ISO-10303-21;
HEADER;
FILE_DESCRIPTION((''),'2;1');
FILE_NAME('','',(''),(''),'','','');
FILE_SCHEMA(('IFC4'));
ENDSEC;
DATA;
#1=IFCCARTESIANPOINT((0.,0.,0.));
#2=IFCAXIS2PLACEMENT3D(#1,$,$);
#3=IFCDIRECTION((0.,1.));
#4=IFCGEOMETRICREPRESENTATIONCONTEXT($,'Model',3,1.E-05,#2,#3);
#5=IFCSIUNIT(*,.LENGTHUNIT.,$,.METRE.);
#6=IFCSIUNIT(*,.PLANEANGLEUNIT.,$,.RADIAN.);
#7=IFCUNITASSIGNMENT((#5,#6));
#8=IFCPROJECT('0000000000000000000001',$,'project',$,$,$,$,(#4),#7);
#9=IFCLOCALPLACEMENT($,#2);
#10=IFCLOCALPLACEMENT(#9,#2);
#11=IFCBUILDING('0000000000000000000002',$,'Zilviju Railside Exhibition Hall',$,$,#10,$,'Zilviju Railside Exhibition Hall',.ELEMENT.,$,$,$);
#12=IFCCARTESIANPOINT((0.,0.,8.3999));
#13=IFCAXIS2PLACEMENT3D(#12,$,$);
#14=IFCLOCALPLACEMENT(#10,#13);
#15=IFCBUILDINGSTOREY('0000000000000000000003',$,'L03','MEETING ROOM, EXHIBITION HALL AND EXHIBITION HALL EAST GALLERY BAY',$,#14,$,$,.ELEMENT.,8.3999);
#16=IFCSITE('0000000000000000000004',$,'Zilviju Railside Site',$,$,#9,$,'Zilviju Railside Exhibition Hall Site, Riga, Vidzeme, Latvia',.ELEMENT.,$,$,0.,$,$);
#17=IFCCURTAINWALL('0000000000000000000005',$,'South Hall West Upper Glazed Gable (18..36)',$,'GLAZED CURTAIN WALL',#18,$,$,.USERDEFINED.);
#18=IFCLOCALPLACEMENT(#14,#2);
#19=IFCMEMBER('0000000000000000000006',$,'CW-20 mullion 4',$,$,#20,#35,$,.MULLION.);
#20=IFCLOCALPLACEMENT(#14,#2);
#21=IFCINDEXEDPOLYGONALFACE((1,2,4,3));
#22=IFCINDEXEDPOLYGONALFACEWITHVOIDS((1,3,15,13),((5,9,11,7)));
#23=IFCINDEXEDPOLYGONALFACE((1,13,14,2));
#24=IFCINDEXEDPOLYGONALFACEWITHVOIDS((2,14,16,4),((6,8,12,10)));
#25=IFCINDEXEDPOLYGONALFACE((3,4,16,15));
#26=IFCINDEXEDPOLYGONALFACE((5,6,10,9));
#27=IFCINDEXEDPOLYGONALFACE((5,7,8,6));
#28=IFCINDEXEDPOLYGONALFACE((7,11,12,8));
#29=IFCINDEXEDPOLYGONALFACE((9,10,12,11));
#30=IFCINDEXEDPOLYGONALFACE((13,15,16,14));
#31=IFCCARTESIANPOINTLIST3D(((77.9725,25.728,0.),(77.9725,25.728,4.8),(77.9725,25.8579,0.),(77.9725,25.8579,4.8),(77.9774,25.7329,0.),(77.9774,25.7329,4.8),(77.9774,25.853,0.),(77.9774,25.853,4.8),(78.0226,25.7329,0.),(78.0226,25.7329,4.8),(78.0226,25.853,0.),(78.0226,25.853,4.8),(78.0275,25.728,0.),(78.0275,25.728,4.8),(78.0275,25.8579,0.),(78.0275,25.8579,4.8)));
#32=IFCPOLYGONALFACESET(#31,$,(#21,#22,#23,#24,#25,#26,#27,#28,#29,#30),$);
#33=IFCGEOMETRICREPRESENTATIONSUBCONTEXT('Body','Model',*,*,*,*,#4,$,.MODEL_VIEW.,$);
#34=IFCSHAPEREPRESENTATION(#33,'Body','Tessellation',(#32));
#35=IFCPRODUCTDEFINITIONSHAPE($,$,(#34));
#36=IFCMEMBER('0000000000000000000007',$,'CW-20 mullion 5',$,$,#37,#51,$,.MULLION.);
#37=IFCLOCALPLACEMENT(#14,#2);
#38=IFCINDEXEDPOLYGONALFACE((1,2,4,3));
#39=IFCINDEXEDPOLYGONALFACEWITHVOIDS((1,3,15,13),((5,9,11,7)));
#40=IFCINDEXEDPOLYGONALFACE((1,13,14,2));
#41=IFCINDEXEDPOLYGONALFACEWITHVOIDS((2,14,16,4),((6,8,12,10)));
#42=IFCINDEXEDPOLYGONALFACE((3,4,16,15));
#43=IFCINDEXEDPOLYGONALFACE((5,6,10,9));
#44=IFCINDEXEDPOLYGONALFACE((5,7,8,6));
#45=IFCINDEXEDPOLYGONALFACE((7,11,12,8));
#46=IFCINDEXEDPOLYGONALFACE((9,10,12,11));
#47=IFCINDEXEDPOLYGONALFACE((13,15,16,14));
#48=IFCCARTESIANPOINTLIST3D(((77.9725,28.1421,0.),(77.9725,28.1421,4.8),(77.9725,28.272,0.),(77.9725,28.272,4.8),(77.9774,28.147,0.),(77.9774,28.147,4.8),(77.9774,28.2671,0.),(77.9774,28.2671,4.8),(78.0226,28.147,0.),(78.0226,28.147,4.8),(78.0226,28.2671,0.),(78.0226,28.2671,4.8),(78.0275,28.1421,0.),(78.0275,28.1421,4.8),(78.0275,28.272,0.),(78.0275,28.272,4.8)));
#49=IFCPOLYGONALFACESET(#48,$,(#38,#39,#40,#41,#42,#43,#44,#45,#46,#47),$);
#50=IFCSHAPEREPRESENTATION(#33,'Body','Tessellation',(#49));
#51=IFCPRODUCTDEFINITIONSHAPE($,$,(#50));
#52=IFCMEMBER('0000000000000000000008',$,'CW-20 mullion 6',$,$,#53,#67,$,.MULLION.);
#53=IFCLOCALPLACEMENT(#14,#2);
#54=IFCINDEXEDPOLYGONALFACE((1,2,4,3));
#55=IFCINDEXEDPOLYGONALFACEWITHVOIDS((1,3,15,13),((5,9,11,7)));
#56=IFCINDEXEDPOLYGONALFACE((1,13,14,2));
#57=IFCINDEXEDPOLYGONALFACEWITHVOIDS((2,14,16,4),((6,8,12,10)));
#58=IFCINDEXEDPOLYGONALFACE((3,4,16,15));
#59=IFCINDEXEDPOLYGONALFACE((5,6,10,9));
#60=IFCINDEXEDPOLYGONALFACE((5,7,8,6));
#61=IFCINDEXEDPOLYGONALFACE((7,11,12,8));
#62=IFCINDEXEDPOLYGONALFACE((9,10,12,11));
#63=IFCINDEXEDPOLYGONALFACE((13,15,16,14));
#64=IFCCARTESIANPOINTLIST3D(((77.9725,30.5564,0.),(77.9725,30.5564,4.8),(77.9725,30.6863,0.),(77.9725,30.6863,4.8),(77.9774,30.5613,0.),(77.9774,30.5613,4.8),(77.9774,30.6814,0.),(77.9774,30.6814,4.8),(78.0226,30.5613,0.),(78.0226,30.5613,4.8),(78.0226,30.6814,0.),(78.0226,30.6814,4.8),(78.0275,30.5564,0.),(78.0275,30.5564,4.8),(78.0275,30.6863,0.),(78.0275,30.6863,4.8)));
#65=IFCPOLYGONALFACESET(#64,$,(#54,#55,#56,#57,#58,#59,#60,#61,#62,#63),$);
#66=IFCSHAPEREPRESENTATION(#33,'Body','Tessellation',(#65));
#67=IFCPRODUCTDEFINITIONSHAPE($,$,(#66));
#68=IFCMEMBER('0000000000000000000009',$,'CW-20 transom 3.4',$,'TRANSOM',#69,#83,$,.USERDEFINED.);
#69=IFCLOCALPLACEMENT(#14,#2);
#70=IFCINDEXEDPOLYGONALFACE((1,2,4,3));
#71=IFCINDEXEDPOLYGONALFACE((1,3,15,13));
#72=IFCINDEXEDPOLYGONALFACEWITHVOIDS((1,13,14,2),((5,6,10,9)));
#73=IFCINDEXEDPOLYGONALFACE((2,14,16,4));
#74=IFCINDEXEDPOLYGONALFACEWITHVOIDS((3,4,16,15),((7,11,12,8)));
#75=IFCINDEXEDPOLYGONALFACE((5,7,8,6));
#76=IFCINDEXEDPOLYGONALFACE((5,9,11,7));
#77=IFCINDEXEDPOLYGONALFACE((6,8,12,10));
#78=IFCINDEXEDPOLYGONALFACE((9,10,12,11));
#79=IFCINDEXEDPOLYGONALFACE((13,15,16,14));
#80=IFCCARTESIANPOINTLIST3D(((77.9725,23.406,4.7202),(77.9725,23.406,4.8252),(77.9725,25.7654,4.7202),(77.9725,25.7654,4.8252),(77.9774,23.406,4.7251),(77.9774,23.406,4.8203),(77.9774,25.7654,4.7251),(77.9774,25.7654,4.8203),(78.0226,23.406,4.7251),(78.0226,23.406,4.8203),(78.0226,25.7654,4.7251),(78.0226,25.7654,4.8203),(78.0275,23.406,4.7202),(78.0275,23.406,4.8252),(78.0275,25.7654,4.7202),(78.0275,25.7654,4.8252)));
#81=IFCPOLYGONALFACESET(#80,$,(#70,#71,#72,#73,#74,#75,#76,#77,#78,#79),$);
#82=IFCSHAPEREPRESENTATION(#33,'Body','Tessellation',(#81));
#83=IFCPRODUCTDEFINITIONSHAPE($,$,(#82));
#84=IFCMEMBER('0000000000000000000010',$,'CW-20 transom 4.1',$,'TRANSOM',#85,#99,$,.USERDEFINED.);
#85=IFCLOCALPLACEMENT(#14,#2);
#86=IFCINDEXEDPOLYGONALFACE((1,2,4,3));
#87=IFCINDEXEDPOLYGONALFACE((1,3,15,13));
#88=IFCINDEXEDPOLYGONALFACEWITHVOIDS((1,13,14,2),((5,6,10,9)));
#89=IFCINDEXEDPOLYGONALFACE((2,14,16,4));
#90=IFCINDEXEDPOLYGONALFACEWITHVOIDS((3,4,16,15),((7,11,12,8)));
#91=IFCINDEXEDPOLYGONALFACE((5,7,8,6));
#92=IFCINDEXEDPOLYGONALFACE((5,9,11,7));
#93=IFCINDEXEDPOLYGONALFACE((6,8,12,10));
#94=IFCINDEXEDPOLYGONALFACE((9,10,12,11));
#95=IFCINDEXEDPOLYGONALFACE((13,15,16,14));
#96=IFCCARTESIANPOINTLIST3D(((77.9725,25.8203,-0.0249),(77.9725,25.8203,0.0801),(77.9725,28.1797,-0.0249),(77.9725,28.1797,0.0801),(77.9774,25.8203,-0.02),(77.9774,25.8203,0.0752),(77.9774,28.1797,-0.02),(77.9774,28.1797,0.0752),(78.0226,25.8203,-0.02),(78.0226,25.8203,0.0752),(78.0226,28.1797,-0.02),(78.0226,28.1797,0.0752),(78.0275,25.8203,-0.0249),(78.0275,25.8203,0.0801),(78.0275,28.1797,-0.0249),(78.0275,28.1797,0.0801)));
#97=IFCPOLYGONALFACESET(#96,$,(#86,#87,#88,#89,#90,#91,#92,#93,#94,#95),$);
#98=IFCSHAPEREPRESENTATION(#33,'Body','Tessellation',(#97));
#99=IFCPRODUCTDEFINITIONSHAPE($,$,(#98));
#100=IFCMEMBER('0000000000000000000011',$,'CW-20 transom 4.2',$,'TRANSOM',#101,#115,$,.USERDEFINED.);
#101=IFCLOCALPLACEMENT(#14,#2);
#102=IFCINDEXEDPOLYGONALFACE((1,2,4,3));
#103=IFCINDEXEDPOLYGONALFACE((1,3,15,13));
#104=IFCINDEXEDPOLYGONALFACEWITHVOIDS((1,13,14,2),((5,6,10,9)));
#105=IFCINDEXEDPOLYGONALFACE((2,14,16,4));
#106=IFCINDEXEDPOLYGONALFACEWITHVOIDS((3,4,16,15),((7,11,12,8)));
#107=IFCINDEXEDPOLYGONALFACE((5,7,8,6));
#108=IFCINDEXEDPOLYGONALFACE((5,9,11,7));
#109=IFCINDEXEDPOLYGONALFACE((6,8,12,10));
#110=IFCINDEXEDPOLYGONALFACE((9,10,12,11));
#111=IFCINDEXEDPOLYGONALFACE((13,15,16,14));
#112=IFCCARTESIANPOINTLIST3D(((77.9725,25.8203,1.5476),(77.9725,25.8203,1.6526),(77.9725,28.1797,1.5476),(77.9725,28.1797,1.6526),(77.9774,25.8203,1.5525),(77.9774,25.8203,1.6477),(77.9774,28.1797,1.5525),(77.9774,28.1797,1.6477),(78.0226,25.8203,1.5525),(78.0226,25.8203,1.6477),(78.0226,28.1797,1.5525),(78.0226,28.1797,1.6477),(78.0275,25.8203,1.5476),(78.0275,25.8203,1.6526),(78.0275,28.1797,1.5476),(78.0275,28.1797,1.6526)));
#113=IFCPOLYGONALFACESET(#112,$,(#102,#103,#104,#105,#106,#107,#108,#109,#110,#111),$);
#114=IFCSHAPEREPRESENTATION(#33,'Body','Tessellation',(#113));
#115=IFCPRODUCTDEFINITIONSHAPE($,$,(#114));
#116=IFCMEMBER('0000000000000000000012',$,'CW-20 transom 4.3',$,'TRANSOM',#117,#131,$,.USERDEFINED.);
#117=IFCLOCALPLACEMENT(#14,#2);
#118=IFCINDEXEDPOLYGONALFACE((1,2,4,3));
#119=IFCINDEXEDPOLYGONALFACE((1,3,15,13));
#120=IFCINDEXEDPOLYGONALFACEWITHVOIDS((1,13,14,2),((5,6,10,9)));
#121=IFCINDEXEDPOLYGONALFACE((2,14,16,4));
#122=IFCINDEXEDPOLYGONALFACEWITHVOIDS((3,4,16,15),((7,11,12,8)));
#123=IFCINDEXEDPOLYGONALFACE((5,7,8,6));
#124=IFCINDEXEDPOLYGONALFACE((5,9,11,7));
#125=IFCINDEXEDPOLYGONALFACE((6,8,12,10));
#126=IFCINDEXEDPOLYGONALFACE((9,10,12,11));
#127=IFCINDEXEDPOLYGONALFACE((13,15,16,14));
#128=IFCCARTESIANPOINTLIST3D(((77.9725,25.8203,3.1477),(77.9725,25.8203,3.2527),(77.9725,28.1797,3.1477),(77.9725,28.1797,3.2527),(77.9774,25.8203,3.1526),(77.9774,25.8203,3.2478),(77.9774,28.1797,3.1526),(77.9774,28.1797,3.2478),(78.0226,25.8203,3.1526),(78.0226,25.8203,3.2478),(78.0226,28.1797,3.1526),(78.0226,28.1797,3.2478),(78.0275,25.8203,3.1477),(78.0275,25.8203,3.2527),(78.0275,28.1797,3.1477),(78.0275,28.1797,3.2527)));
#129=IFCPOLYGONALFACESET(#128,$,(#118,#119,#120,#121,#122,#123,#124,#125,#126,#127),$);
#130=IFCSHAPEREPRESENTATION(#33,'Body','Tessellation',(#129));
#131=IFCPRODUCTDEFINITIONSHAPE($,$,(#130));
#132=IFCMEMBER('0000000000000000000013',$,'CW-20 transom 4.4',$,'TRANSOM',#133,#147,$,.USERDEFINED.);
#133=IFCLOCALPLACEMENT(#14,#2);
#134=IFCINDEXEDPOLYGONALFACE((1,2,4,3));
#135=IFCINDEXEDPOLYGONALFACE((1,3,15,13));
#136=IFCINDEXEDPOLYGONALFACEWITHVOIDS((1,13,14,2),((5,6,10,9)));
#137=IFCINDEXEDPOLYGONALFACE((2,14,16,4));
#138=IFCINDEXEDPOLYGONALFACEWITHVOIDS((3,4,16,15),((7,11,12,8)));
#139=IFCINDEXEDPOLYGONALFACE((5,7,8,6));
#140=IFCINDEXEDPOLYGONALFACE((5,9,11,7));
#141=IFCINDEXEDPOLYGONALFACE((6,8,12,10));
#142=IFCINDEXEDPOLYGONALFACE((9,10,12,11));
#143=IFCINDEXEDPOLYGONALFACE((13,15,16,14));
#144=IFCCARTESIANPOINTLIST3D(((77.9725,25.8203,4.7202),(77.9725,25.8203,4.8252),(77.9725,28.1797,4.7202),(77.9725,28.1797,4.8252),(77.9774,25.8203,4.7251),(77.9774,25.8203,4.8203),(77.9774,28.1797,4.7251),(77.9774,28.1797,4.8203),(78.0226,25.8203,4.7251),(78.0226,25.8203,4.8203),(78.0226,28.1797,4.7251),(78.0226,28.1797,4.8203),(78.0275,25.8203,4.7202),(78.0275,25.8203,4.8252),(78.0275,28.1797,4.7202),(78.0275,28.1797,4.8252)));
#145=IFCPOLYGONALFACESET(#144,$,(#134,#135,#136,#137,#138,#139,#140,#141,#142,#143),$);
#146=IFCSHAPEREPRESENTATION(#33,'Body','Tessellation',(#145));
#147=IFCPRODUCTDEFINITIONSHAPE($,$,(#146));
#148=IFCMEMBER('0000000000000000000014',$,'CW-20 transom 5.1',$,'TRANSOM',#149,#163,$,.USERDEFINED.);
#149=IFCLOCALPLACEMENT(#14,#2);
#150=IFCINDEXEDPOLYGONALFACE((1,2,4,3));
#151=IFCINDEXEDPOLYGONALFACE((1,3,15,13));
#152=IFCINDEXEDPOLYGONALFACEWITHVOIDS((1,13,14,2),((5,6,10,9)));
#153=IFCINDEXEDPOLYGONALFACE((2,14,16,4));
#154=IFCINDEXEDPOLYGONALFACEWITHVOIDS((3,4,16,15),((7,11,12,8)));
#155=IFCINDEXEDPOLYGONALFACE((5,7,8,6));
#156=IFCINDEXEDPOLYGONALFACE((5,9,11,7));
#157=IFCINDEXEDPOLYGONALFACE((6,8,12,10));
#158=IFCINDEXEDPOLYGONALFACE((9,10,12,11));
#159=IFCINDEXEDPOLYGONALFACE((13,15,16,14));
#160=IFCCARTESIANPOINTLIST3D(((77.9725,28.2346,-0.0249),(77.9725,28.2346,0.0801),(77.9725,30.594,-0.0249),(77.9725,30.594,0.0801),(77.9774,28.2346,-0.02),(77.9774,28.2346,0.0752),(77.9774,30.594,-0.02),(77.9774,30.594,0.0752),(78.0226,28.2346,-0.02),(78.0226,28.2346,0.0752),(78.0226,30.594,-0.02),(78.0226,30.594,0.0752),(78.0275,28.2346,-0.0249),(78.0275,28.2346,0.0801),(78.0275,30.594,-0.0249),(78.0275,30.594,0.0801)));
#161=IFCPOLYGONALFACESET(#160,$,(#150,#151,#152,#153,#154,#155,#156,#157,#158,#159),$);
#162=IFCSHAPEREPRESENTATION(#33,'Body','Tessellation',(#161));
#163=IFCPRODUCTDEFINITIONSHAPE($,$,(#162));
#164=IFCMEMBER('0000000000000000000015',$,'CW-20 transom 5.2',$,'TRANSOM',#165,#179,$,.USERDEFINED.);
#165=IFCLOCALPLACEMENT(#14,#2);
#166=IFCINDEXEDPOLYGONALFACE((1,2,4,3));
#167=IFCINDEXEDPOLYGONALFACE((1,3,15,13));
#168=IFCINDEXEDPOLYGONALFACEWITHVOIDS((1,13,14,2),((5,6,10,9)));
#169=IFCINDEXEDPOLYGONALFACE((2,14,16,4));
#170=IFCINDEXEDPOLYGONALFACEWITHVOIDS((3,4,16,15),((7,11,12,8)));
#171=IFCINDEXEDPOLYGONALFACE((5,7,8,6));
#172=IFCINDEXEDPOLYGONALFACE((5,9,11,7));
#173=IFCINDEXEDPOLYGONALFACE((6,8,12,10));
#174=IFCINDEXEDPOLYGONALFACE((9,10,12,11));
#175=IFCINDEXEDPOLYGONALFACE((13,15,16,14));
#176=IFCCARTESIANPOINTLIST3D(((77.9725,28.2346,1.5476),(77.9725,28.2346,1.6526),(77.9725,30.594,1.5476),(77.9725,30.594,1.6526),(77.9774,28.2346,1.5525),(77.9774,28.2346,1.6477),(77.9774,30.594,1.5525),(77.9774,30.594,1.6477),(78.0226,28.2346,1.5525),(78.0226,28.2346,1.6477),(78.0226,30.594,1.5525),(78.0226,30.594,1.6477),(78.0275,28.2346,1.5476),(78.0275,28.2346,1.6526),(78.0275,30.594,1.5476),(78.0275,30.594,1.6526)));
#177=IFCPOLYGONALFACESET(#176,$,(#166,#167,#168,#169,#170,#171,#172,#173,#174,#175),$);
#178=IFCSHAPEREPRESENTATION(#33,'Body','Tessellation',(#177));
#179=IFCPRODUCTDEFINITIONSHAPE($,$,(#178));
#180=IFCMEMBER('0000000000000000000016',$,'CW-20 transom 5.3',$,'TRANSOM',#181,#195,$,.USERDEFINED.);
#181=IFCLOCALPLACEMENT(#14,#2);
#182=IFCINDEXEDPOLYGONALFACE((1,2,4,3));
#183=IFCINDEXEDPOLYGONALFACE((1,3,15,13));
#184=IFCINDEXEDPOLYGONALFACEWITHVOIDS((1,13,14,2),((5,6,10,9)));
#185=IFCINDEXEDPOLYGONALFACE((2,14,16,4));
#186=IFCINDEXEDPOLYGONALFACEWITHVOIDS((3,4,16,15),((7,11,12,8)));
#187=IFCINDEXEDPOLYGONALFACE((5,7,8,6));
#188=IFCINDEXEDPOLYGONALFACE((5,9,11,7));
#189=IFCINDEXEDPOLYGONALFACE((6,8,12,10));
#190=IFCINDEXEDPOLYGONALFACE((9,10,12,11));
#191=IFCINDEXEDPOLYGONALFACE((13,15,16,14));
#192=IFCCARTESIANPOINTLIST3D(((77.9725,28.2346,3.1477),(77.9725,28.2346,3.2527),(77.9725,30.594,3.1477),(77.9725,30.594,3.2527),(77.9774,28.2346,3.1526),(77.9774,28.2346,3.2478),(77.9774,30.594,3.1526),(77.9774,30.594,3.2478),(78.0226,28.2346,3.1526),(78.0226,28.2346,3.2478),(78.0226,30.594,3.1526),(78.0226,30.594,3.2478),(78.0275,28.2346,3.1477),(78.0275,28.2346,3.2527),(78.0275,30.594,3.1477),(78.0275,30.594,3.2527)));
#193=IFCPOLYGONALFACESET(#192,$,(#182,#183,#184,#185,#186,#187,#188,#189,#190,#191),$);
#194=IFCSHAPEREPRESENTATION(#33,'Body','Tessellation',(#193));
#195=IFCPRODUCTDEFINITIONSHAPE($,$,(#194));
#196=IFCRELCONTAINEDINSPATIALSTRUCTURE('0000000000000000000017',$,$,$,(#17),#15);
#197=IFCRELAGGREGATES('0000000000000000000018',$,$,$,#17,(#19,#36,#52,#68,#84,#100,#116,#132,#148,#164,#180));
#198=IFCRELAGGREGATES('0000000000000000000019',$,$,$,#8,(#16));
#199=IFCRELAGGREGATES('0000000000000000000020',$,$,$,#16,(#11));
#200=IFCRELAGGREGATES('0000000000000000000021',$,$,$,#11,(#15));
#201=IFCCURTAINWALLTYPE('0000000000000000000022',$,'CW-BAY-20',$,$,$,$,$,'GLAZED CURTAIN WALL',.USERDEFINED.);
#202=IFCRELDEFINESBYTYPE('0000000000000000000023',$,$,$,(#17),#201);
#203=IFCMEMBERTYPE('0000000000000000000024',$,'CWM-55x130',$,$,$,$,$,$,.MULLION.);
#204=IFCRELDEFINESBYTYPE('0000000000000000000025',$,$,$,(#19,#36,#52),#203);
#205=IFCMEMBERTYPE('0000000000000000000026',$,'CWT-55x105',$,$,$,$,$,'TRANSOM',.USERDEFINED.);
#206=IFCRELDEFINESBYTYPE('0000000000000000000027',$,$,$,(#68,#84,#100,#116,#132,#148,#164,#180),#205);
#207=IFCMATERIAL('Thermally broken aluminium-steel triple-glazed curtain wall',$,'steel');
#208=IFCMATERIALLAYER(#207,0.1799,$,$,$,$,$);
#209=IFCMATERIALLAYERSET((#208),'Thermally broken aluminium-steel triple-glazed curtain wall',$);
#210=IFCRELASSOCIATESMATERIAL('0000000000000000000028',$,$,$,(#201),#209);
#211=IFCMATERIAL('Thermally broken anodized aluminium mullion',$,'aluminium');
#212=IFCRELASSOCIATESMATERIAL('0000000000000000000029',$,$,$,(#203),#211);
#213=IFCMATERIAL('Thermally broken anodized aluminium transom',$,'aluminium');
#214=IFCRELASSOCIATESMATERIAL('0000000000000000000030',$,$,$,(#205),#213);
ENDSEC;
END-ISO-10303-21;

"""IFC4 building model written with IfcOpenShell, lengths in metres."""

from ifc_helpers import new_model, si_unit, direction, frame, origin, origin_2d, place, context, subcontext, project, spatial, hollow_rectangle, extrude, material, layer, layer_set, material_profile, profile_set, type_object, element, aggregate, save


model = new_model("IFC4")

# Units and contexts
model_context = context("Model", 3, precision=1e-05, world=origin(), true_north=direction((0.0, 1.0)))
body_context = subcontext(model_context, "Body", "Model", "MODEL_VIEW")
ifc_project = project(units=[si_unit("LENGTHUNIT", "METRE"), si_unit("PLANEANGLEUNIT", "RADIAN")], contexts=[model_context])

# Site, building, storey
site_placement = place(None, origin())
site = spatial("IfcSite", under=ifc_project, at=site_placement, Name="Zilviju Railside Site", LongName="Zilviju Railside Exhibition Hall Site, Riga, Vidzeme, Latvia", CompositionType="ELEMENT", RefElevation=0.0)
building_placement = place(site_placement, origin())
building = spatial("IfcBuilding", under=site, at=building_placement, Name="Zilviju Railside Exhibition Hall", LongName="Zilviju Railside Exhibition Hall", CompositionType="ELEMENT")
storey_placement = place(building_placement, frame((0.0, 0.0, 8.3999)))
storey = spatial("IfcBuildingStorey", under=building, at=storey_placement, Name="L03", Description="MEETING ROOM, EXHIBITION HALL AND EXHIBITION HALL EAST GALLERY BAY", CompositionType="ELEMENT", Elevation=8.3999)

# Curtain wall, members
ifc_material_1 = material(Name="Thermally broken aluminium-steel triple-glazed curtain wall", Category="steel")
ifc_layer_1 = layer(ifc_material_1, 0.1799)
ifc_layer_set_1 = layer_set([ifc_layer_1], Name="Thermally broken aluminium-steel triple-glazed curtain wall")
curtain_wall_type = type_object("IfcCurtainWallType", Name="CW-BAY-20", ElementType="GLAZED CURTAIN WALL", PredefinedType="USERDEFINED", material=ifc_layer_set_1)
curtain_wall_placement = place(storey_placement, origin())
curtain_wall = element("IfcCurtainWall", 1, at=curtain_wall_placement, inside=storey, type_object=curtain_wall_type, Name="South Hall West Upper Glazed Gable (18..36)", ObjectType="GLAZED CURTAIN WALL", PredefinedType="USERDEFINED")
ifc_material_2 = material(Name="Thermally broken anodized aluminium mullion", Category="aluminium")
ifc_material_profile_1 = material_profile(ifc_material_2, hollow_rectangle(XDim=0.0549, YDim=0.1299, WallThickness=0.0049, at=origin_2d()), Name="MULLION 130x55x5")
ifc_profile_set_1 = profile_set([ifc_material_profile_1], Name="Thermally broken anodized aluminium mullion")
member_type_1 = type_object("IfcMemberType", Name="CWM-55x130", PredefinedType="MULLION", material=ifc_profile_set_1)
member_1_placement = place(storey_placement, frame((78.0, 25.793, 0.0), z_axis=(0.0, 0.0, 1.0), x_axis=(-1.0, 0.0, 0.0)))
member_1 = element("IfcMember", 2, at=member_1_placement, type_object=member_type_1, Name="CW-20 mullion 4", PredefinedType="MULLION", context=body_context, shape_type="SweptSolid", body=[
    extrude(hollow_rectangle(XDim=0.0549, YDim=0.1299, WallThickness=0.0049, at=origin_2d()), origin(), (0.0, 0.0, 1.0), 4.8),
])
member_2_placement = place(storey_placement, frame((78.0, 28.207, 0.0), z_axis=(0.0, 0.0, 1.0), x_axis=(-1.0, 0.0, 0.0)))
member_2 = element("IfcMember", 3, at=member_2_placement, type_object=member_type_1, Name="CW-20 mullion 5", PredefinedType="MULLION", context=body_context, shape_type="SweptSolid", body=[
    extrude(hollow_rectangle(XDim=0.0549, YDim=0.1299, WallThickness=0.0049, at=origin_2d()), origin(), (0.0, 0.0, 1.0), 4.8),
])
member_3_placement = place(storey_placement, frame((78.0, 30.6213, 0.0), z_axis=(0.0, 0.0, 1.0), x_axis=(-1.0, 0.0, 0.0)))
member_3 = element("IfcMember", 4, at=member_3_placement, type_object=member_type_1, Name="CW-20 mullion 6", PredefinedType="MULLION", context=body_context, shape_type="SweptSolid", body=[
    extrude(hollow_rectangle(XDim=0.0549, YDim=0.1299, WallThickness=0.0049, at=origin_2d()), origin(), (0.0, 0.0, 1.0), 4.8),
])
ifc_material_3 = material(Name="Thermally broken anodized aluminium transom", Category="aluminium")
ifc_material_profile_2 = material_profile(ifc_material_3, hollow_rectangle(XDim=0.0549, YDim=0.105, WallThickness=0.0049, at=origin_2d()), Name="TRANSOM 105x55x5")
ifc_profile_set_2 = profile_set([ifc_material_profile_2], Name="Thermally broken anodized aluminium transom")
member_type_2 = type_object("IfcMemberType", Name="CWT-55x105", ElementType="TRANSOM", PredefinedType="USERDEFINED", material=ifc_profile_set_2)
member_4_placement = place(storey_placement, frame((78.0, 23.406, 4.7727), z_axis=(0.0, 1.0, 0.0), x_axis=(-1.0, 0.0, 0.0)))
member_4 = element("IfcMember", 5, at=member_4_placement, type_object=member_type_2, Name="CW-20 transom 3.4", ObjectType="TRANSOM", PredefinedType="USERDEFINED", context=body_context, shape_type="SweptSolid", body=[
    extrude(hollow_rectangle(XDim=0.0549, YDim=0.105, WallThickness=0.0049, at=origin_2d()), origin(), (0.0, 0.0, 1.0), 2.3594),
])
member_5_placement = place(storey_placement, frame((78.0, 25.8203, 0.0276), z_axis=(0.0, 1.0, 0.0), x_axis=(-1.0, 0.0, 0.0)))
member_5 = element("IfcMember", 6, at=member_5_placement, type_object=member_type_2, Name="CW-20 transom 4.1", ObjectType="TRANSOM", PredefinedType="USERDEFINED", context=body_context, shape_type="SweptSolid", body=[
    extrude(hollow_rectangle(XDim=0.0549, YDim=0.105, WallThickness=0.0049, at=origin_2d()), origin(), (0.0, 0.0, 1.0), 2.3594),
])
member_6_placement = place(storey_placement, frame((78.0, 25.8203, 1.6001), z_axis=(0.0, 1.0, 0.0), x_axis=(-1.0, 0.0, 0.0)))
member_6 = element("IfcMember", 7, at=member_6_placement, type_object=member_type_2, Name="CW-20 transom 4.2", ObjectType="TRANSOM", PredefinedType="USERDEFINED", context=body_context, shape_type="SweptSolid", body=[
    extrude(hollow_rectangle(XDim=0.0549, YDim=0.105, WallThickness=0.0049, at=origin_2d()), origin(), (0.0, 0.0, 1.0), 2.3594),
])
member_7_placement = place(storey_placement, frame((78.0, 25.8203, 3.2002), z_axis=(0.0, 1.0, 0.0), x_axis=(-1.0, 0.0, 0.0)))
member_7 = element("IfcMember", 8, at=member_7_placement, type_object=member_type_2, Name="CW-20 transom 4.3", ObjectType="TRANSOM", PredefinedType="USERDEFINED", context=body_context, shape_type="SweptSolid", body=[
    extrude(hollow_rectangle(XDim=0.0549, YDim=0.105, WallThickness=0.0049, at=origin_2d()), origin(), (0.0, 0.0, 1.0), 2.3594),
])
member_8_placement = place(storey_placement, frame((78.0, 25.8203, 4.7727), z_axis=(0.0, 1.0, 0.0), x_axis=(-1.0, 0.0, 0.0)))
member_8 = element("IfcMember", 9, at=member_8_placement, type_object=member_type_2, Name="CW-20 transom 4.4", ObjectType="TRANSOM", PredefinedType="USERDEFINED", context=body_context, shape_type="SweptSolid", body=[
    extrude(hollow_rectangle(XDim=0.0549, YDim=0.105, WallThickness=0.0049, at=origin_2d()), origin(), (0.0, 0.0, 1.0), 2.3594),
])
member_9_placement = place(storey_placement, frame((78.0, 28.2346, 0.0276), z_axis=(0.0, 1.0, 0.0), x_axis=(-1.0, 0.0, 0.0)))
member_9 = element("IfcMember", 10, at=member_9_placement, type_object=member_type_2, Name="CW-20 transom 5.1", ObjectType="TRANSOM", PredefinedType="USERDEFINED", context=body_context, shape_type="SweptSolid", body=[
    extrude(hollow_rectangle(XDim=0.0549, YDim=0.105, WallThickness=0.0049, at=origin_2d()), origin(), (0.0, 0.0, 1.0), 2.3594),
])
member_10_placement = place(storey_placement, frame((78.0, 28.2346, 1.6001), z_axis=(0.0, 1.0, 0.0), x_axis=(-1.0, 0.0, 0.0)))
member_10 = element("IfcMember", 11, at=member_10_placement, type_object=member_type_2, Name="CW-20 transom 5.2", ObjectType="TRANSOM", PredefinedType="USERDEFINED", context=body_context, shape_type="SweptSolid", body=[
    extrude(hollow_rectangle(XDim=0.0549, YDim=0.105, WallThickness=0.0049, at=origin_2d()), origin(), (0.0, 0.0, 1.0), 2.3594),
])
member_11_placement = place(storey_placement, frame((78.0, 28.2346, 3.2002), z_axis=(0.0, 1.0, 0.0), x_axis=(-1.0, 0.0, 0.0)))
member_11 = element("IfcMember", 12, at=member_11_placement, type_object=member_type_2, Name="CW-20 transom 5.3", ObjectType="TRANSOM", PredefinedType="USERDEFINED", context=body_context, shape_type="SweptSolid", body=[
    extrude(hollow_rectangle(XDim=0.0549, YDim=0.105, WallThickness=0.0049, at=origin_2d()), origin(), (0.0, 0.0, 1.0), 2.3594),
])
aggregate(curtain_wall, [member_1, member_2, member_3, member_4, member_5, member_6, member_7, member_8, member_9, member_10, member_11])

save(model, "model.ifc")
